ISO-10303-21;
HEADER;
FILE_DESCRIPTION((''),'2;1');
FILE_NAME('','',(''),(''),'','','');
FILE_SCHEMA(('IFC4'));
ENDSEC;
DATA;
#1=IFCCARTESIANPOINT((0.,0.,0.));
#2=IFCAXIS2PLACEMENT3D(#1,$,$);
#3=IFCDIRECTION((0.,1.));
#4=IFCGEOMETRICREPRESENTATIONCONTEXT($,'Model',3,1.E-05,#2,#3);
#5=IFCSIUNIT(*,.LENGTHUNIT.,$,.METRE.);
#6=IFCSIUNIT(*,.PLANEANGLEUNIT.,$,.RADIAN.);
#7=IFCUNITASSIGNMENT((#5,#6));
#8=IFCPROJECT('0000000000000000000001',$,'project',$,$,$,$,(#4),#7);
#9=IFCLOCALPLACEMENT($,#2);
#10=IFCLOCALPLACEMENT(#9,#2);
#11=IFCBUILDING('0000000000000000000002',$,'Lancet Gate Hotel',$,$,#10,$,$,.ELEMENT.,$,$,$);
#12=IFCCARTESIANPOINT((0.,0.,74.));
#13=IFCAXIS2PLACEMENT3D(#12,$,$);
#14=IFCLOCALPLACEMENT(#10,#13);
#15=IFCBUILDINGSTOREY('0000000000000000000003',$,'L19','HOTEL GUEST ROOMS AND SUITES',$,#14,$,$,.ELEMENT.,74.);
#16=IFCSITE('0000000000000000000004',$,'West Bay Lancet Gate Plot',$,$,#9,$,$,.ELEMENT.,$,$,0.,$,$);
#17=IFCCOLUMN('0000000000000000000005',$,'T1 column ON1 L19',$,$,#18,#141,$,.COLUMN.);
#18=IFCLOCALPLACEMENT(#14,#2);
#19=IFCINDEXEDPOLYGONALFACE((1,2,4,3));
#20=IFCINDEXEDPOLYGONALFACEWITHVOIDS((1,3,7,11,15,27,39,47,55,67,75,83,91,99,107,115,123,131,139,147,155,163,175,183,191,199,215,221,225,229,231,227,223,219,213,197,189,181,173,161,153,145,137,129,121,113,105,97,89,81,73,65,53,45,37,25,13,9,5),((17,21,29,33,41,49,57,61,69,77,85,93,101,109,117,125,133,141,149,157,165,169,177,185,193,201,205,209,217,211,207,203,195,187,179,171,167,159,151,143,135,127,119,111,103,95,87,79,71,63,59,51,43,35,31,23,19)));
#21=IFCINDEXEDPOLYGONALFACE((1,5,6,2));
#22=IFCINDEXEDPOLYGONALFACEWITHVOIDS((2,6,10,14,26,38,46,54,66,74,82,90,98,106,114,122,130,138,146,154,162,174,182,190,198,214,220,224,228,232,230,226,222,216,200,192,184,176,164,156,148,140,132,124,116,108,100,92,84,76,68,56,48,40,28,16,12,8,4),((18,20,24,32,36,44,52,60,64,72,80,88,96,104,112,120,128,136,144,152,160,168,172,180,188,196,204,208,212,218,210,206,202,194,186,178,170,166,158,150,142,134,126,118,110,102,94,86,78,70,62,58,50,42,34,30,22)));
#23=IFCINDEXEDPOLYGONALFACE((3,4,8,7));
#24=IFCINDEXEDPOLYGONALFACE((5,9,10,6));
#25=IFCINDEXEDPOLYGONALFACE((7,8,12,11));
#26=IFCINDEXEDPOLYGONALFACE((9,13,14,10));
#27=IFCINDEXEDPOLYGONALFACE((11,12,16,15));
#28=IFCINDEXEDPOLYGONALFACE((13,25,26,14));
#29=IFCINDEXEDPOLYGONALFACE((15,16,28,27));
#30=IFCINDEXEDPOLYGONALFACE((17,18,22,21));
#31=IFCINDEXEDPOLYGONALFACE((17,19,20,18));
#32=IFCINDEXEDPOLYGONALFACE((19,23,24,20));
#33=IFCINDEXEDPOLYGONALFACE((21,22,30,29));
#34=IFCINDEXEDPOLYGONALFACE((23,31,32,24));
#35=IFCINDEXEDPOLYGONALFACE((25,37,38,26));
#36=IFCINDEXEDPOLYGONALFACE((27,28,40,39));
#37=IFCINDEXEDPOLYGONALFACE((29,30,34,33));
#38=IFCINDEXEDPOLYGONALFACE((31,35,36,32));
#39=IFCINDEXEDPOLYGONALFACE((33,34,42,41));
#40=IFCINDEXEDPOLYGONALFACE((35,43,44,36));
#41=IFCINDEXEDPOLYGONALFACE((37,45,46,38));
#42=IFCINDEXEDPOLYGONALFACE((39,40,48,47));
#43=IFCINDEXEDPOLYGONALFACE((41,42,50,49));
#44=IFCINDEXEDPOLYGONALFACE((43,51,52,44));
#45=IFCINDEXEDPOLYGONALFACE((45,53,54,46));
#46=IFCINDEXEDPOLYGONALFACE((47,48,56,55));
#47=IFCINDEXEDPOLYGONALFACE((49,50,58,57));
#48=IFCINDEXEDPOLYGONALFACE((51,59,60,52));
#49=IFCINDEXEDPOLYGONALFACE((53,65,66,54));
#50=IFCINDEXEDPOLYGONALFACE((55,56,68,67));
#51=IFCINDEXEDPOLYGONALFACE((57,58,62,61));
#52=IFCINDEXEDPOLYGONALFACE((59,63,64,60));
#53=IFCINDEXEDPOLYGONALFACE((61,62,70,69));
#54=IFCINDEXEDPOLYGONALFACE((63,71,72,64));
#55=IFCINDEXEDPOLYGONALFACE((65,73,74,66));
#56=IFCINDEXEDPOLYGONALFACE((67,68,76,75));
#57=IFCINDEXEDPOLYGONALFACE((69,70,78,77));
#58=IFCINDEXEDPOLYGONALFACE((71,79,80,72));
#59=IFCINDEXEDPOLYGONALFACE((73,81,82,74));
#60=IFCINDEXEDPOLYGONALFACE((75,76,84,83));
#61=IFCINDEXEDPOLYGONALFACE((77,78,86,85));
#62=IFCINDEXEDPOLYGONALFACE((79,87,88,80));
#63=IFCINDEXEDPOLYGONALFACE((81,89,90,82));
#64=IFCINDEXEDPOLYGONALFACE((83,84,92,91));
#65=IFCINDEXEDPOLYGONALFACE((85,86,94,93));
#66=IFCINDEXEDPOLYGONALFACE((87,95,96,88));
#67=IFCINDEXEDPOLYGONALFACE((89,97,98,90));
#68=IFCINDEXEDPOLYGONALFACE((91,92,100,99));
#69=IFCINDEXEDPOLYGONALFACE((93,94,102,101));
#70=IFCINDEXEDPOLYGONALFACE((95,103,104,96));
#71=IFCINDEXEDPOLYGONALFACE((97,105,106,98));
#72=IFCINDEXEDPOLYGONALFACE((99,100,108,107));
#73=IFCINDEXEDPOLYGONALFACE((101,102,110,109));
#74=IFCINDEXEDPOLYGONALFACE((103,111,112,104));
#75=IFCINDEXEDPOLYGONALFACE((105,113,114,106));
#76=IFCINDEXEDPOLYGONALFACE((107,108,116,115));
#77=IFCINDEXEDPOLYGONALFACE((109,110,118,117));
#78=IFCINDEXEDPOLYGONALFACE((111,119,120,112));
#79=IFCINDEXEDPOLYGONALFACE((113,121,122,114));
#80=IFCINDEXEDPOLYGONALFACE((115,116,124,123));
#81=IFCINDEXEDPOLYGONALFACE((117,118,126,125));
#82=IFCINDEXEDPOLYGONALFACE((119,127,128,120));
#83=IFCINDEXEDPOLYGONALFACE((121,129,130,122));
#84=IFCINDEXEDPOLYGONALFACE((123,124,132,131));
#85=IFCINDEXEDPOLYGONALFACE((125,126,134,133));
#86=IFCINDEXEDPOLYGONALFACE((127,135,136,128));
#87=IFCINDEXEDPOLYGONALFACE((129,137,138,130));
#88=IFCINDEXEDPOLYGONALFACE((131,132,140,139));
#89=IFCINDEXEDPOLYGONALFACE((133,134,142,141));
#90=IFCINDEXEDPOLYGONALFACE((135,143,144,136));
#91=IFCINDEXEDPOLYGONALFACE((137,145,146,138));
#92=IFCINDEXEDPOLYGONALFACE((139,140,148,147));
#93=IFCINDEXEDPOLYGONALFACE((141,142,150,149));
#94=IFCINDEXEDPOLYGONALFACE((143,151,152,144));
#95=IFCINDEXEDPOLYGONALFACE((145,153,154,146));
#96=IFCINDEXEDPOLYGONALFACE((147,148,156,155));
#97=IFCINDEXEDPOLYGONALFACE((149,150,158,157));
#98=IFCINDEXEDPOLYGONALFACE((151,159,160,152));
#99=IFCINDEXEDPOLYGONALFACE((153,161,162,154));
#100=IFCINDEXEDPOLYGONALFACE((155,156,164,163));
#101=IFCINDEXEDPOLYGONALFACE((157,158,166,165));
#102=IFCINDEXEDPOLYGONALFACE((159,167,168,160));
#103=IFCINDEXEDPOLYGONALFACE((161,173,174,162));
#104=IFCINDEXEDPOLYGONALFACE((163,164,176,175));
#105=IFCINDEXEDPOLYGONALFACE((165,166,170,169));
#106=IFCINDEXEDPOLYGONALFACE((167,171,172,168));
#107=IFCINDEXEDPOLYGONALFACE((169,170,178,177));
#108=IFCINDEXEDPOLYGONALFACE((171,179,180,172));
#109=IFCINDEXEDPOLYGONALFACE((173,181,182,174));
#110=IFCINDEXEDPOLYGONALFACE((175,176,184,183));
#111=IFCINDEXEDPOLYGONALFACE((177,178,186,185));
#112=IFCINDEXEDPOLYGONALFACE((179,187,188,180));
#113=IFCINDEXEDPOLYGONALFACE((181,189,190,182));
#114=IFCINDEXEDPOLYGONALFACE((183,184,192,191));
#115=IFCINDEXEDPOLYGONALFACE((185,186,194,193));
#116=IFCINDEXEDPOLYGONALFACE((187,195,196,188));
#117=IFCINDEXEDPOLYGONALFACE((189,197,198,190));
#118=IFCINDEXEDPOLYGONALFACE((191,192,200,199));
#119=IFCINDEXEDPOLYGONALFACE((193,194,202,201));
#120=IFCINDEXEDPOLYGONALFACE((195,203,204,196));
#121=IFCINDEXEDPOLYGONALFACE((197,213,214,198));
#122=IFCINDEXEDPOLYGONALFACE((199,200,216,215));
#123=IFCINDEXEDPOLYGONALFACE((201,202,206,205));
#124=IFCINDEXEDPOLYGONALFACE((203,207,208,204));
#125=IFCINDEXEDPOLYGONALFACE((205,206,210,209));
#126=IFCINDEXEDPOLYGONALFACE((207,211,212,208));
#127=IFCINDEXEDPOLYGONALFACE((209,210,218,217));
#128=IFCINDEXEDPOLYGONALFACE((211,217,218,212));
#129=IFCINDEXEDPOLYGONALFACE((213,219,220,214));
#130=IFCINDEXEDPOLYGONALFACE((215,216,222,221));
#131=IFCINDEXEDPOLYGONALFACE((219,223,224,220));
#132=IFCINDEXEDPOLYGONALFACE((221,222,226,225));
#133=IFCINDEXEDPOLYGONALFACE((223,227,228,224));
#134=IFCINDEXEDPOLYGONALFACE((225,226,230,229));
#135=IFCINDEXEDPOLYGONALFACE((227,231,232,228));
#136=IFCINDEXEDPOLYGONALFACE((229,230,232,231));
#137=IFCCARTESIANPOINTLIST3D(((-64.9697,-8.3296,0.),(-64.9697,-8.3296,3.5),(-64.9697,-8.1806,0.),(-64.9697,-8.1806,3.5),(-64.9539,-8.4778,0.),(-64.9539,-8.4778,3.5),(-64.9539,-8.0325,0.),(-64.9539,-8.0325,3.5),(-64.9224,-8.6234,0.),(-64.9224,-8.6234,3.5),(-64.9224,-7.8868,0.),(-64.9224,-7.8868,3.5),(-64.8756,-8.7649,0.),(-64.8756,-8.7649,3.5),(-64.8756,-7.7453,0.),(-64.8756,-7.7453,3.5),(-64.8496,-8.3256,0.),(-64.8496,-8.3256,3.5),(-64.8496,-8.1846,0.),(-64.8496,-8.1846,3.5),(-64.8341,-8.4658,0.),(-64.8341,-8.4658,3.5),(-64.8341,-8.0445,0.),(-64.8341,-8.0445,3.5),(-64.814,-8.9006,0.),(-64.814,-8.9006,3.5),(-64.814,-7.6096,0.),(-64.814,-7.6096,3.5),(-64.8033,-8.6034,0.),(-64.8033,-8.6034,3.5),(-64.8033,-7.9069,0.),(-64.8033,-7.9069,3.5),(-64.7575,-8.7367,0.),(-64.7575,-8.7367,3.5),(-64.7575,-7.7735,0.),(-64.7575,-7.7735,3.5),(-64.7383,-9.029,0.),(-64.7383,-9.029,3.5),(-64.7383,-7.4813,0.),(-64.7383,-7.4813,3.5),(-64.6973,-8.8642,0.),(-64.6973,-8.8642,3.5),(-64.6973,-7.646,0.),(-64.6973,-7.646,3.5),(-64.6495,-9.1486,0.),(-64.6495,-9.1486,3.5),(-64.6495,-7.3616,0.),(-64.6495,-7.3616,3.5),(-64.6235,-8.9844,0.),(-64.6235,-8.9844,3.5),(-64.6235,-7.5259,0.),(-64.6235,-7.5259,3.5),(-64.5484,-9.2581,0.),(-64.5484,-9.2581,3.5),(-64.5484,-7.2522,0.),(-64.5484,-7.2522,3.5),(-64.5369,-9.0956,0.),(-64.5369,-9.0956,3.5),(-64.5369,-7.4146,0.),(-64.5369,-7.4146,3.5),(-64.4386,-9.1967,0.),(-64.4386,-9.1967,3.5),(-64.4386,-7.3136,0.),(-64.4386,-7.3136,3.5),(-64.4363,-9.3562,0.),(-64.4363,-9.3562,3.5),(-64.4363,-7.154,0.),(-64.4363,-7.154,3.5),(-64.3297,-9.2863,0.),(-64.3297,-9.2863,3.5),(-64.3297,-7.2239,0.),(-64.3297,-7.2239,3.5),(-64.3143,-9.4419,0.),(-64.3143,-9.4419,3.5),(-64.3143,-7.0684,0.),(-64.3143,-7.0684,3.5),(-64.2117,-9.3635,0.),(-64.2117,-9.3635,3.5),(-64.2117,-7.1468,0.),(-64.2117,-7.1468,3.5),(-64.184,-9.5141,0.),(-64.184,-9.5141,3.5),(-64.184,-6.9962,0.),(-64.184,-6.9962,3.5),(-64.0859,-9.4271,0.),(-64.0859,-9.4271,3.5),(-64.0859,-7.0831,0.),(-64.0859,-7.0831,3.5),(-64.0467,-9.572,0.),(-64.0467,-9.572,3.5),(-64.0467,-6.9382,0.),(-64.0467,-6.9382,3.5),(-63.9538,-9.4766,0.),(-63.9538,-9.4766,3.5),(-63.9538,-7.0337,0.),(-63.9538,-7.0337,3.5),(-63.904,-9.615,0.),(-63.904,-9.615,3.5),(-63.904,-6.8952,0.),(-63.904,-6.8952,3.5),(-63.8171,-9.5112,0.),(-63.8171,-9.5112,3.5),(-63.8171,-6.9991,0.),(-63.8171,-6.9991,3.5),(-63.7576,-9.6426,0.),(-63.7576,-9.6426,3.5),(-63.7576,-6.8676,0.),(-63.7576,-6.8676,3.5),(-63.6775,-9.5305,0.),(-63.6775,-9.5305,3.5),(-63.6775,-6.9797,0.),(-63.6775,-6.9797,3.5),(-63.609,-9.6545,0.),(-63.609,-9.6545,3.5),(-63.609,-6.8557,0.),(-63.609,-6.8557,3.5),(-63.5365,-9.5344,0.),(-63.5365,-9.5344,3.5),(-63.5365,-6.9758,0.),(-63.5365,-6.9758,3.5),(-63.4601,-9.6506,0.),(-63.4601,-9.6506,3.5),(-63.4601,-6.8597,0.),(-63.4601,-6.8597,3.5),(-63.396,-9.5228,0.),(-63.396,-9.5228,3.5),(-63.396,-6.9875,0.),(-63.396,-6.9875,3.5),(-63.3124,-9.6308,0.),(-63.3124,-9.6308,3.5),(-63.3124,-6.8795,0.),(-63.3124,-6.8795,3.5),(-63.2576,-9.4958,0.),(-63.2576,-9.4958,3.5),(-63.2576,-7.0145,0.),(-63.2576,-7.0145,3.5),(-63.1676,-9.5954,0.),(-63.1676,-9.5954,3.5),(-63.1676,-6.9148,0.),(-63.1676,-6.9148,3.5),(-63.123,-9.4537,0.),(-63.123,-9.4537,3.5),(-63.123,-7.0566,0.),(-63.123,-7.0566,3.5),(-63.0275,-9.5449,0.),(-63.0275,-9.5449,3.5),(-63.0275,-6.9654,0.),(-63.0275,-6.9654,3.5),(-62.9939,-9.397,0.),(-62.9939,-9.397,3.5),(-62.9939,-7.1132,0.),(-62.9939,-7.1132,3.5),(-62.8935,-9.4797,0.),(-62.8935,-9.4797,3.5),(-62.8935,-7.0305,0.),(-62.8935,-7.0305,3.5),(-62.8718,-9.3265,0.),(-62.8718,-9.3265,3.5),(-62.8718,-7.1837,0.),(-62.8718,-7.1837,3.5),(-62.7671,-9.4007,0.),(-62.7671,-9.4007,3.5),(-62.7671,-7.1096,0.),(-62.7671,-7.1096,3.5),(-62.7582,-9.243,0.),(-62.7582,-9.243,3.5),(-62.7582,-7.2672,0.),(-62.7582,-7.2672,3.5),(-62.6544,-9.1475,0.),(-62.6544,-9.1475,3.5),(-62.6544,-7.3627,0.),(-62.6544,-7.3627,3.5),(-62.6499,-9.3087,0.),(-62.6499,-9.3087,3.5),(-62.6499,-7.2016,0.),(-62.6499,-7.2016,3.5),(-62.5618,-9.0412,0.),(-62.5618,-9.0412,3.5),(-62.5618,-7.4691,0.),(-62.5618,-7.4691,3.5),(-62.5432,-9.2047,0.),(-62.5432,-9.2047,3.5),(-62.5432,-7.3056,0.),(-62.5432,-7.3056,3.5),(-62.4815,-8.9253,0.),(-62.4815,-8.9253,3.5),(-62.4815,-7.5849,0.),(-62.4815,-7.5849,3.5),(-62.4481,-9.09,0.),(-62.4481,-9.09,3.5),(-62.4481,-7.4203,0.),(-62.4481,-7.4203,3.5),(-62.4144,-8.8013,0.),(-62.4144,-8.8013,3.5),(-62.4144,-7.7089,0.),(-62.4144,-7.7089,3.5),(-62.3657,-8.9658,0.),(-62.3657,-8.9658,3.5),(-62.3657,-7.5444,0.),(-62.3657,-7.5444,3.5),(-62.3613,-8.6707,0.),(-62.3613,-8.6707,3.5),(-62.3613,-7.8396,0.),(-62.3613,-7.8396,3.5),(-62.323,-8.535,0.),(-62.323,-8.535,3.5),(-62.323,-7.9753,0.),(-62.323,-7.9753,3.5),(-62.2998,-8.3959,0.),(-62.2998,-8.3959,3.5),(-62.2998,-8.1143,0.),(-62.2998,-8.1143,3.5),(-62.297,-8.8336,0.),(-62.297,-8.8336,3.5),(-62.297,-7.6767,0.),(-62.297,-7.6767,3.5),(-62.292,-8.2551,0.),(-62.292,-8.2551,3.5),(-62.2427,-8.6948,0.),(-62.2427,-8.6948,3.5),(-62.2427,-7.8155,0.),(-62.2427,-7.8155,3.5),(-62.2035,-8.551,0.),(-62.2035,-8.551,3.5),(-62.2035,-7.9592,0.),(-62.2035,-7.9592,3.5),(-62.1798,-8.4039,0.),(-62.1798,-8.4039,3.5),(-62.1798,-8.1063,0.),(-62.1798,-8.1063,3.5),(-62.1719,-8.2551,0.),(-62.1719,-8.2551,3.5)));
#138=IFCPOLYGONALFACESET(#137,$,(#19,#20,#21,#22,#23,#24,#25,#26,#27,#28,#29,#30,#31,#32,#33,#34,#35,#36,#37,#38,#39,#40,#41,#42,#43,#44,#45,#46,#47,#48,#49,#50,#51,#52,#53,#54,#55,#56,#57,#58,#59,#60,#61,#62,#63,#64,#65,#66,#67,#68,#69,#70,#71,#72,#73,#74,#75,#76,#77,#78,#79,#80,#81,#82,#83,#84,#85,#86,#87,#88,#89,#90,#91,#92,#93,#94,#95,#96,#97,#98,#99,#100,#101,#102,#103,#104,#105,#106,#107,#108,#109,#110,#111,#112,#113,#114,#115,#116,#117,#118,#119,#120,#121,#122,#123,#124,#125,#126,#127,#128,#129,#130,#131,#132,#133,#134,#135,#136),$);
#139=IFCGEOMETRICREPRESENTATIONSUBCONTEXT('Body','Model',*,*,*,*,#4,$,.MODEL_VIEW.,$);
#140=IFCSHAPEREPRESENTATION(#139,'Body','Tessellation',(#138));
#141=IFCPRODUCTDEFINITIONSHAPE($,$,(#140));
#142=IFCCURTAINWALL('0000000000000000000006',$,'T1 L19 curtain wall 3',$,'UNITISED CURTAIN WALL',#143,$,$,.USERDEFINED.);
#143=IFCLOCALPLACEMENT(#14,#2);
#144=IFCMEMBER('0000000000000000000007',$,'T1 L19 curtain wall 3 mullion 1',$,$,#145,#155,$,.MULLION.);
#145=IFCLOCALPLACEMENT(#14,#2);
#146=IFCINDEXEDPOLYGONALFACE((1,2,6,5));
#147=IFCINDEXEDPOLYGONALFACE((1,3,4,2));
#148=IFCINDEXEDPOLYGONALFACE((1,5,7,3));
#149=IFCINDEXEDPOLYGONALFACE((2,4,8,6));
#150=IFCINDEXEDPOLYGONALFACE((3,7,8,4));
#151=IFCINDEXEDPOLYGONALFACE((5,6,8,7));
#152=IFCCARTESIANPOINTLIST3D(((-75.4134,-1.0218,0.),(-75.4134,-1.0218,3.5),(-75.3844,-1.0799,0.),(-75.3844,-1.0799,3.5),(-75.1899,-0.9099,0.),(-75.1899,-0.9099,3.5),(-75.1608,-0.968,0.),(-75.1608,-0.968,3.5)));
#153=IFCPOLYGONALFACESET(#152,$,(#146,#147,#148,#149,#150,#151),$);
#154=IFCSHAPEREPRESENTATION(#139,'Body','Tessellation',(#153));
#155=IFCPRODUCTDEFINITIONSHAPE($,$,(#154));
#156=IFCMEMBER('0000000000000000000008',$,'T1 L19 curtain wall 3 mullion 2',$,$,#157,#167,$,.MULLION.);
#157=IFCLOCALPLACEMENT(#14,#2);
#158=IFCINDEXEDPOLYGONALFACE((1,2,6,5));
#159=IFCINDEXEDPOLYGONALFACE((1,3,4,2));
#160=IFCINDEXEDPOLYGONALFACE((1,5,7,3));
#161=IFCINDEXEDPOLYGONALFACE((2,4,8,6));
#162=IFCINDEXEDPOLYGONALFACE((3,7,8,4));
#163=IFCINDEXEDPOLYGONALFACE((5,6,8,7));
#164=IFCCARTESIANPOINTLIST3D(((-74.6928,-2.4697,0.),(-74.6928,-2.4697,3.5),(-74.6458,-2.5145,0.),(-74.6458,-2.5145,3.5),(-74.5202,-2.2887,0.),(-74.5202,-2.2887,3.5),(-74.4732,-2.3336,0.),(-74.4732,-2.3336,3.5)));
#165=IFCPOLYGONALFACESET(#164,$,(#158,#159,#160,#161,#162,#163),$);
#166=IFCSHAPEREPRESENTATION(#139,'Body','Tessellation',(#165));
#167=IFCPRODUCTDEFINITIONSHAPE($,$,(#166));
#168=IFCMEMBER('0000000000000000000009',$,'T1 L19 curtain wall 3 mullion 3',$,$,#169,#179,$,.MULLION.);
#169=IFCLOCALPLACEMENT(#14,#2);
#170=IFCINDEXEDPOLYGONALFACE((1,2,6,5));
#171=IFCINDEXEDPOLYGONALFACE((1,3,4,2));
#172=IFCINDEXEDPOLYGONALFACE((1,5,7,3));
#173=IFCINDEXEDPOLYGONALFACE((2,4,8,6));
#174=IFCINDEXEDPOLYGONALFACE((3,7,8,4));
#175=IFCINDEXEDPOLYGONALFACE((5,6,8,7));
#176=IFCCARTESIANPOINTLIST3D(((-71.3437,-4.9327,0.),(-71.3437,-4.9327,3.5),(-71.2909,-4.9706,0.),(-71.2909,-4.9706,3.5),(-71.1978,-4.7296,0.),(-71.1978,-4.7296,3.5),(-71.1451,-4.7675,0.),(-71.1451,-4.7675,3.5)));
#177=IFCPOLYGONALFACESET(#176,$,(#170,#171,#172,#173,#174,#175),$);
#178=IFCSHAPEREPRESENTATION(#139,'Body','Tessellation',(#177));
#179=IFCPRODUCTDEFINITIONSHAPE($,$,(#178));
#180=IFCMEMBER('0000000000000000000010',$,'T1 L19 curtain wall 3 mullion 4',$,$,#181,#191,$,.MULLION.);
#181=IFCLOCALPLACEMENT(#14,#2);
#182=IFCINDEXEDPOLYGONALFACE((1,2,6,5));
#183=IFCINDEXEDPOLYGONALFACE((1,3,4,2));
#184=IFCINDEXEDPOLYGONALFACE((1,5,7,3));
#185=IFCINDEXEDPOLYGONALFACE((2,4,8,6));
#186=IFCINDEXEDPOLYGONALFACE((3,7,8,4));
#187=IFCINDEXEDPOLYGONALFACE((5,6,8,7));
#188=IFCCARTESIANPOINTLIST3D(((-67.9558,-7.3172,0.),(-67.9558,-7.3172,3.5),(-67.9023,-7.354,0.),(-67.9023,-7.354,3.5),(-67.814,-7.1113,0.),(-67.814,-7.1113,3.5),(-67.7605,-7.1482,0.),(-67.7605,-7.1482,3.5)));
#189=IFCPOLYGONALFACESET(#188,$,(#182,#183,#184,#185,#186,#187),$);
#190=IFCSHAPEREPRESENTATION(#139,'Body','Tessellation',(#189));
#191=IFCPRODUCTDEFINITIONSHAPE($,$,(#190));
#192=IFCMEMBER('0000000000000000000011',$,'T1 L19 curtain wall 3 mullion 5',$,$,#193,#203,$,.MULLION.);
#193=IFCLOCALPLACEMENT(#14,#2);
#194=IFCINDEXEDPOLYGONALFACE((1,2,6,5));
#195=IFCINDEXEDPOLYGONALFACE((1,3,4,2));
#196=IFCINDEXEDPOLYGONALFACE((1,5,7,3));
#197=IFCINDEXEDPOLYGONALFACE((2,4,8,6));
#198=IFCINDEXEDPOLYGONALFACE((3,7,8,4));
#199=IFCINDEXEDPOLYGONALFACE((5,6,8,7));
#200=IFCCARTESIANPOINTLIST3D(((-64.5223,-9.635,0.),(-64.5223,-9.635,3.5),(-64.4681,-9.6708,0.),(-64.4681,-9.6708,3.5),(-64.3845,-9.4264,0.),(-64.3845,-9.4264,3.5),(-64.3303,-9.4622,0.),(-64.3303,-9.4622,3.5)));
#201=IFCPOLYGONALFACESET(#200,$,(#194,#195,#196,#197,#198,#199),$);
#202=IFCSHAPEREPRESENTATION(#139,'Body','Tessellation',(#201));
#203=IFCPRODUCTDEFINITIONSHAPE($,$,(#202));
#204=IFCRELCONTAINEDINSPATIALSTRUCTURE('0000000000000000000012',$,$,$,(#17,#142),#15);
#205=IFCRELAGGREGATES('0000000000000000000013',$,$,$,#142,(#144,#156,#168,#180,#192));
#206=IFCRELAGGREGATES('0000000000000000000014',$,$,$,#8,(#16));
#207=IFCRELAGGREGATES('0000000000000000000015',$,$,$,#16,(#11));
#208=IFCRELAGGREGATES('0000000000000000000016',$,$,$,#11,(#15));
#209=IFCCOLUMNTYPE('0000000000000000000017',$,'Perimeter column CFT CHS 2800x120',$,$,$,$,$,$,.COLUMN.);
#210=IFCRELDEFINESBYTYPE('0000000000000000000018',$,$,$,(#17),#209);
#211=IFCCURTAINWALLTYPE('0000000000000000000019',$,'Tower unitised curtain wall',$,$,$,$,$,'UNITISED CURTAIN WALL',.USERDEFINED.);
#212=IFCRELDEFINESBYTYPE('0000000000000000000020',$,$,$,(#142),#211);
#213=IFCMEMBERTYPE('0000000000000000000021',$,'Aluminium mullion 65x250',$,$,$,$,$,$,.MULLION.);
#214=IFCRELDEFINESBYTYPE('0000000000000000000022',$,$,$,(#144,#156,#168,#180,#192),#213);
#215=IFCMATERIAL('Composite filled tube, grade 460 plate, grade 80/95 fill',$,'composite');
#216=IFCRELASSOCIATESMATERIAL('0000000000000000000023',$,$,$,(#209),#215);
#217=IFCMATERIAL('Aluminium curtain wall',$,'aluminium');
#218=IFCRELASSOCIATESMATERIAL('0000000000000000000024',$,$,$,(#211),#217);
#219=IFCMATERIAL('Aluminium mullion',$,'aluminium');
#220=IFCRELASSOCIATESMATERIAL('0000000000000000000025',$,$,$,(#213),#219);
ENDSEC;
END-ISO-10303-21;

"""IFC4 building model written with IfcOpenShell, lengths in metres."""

from ifc_helpers import new_model, si_unit, direction, frame, origin, origin_2d, place, context, subcontext, project, spatial, rectangle, hollow_circle, extrude, material, material_profile, profile_set, type_object, element, aggregate, save


model = new_model("IFC4")

# Units and contexts
model_context = context("Model", 3, precision=1e-05, world=origin(), true_north=direction((0.0, 1.0)))
body_context = subcontext(model_context, "Body", "Model", "MODEL_VIEW")
ifc_project = project(units=[si_unit("LENGTHUNIT", "METRE"), si_unit("PLANEANGLEUNIT", "RADIAN")], contexts=[model_context])

# Site, building, storey
site_placement = place(None, origin())
site = spatial("IfcSite", under=ifc_project, at=site_placement, Name="West Bay Lancet Gate Plot", CompositionType="ELEMENT", RefElevation=0.0)
building_placement = place(site_placement, origin())
building = spatial("IfcBuilding", under=site, at=building_placement, Name="Lancet Gate Hotel", CompositionType="ELEMENT")
storey_placement = place(building_placement, frame((0.0, 0.0, 74.0)))
storey = spatial("IfcBuildingStorey", under=building, at=storey_placement, Name="L19", Description="HOTEL GUEST ROOMS AND SUITES", CompositionType="ELEMENT", Elevation=74.0)

# Column
ifc_material_1 = material(Name="Composite filled tube, grade 460 plate, grade 80/95 fill", Category="composite")
ifc_material_profile_1 = material_profile(ifc_material_1, hollow_circle(Radius=1.3999, WallThickness=0.1201, at=origin_2d()), Name="CHS 2800x120")
ifc_profile_set_1 = profile_set([ifc_material_profile_1], Name="Composite filled tube, grade 460 plate, grade 80/95 fill")
column_type_1 = type_object("IfcColumnType", Name="Perimeter column CFT CHS 2800x120", PredefinedType="COLUMN", material=ifc_profile_set_1)
column_1_placement = place(storey_placement, frame((-63.5718, -8.2551, 0.0), z_axis=(0.0, 0.0, 1.0), x_axis=(1.0, 0.0, 0.0)))
element("IfcColumn", 1, at=column_1_placement, inside=storey, type_object=column_type_1, Name="T1 column ON1 L19", PredefinedType="COLUMN", context=body_context, shape_type="SweptSolid", body=[
    extrude(hollow_circle(Radius=1.3999, WallThickness=0.1201, at=origin_2d()), origin(), (0.0, 0.0, 1.0), 3.5),
])

# Curtain wall, members
ifc_material_2 = material(Name="Aluminium curtain wall", Category="aluminium")
curtain_wall_type = type_object("IfcCurtainWallType", Name="Tower unitised curtain wall", ElementType="UNITISED CURTAIN WALL", PredefinedType="USERDEFINED", material=ifc_material_2)
curtain_wall_placement = place(storey_placement, origin())
curtain_wall = element("IfcCurtainWall", 2, at=curtain_wall_placement, inside=storey, type_object=curtain_wall_type, Name="T1 L19 curtain wall 3", ObjectType="UNITISED CURTAIN WALL", PredefinedType="USERDEFINED")
ifc_material_3 = material(Name="Aluminium mullion", Category="aluminium")
ifc_material_profile_2 = material_profile(ifc_material_3, rectangle(XDim=0.0649, YDim=0.25, at=origin_2d()), Name="MULLION 65x250")
ifc_profile_set_2 = profile_set([ifc_material_profile_2], Name="Aluminium mullion")
member_type_1 = type_object("IfcMemberType", Name="Aluminium mullion 65x250", PredefinedType="MULLION", material=ifc_profile_set_2)
member_1_placement = place(storey_placement, frame((-75.2871, -0.9949, 0.0), z_axis=(0.0, 0.0, 1.0), x_axis=(0.447628, -0.89422, 0.0)))
member_1 = element("IfcMember", 3, at=member_1_placement, type_object=member_type_1, Name="T1 L19 curtain wall 3 mullion 1", PredefinedType="MULLION", context=body_context, shape_type="SweptSolid", body=[
    extrude(rectangle(XDim=0.0649, YDim=0.25, at=origin_2d()), origin(), (0.0, 0.0, 1.0), 3.5),
])
member_2_placement = place(storey_placement, frame((-74.583, -2.4016, 0.0), z_axis=(0.0, 0.0, 1.0), x_axis=(0.723696, -0.690119, 0.0)))
member_2 = element("IfcMember", 4, at=member_2_placement, type_object=member_type_1, Name="T1 L19 curtain wall 3 mullion 2", PredefinedType="MULLION", context=body_context, shape_type="SweptSolid", body=[
    extrude(rectangle(XDim=0.0649, YDim=0.25, at=origin_2d()), origin(), (0.0, 0.0, 1.0), 3.5),
])
member_3_placement = place(storey_placement, frame((-71.2444, -4.8501, 0.0), z_axis=(0.0, 0.0, 1.0), x_axis=(0.812147, -0.583453, 0.0)))
member_3 = element("IfcMember", 5, at=member_3_placement, type_object=member_type_1, Name="T1 L19 curtain wall 3 mullion 3", PredefinedType="MULLION", context=body_context, shape_type="SweptSolid", body=[
    extrude(rectangle(XDim=0.0649, YDim=0.25, at=origin_2d()), origin(), (0.0, 0.0, 1.0), 3.5),
])
member_4_placement = place(storey_placement, frame((-67.8582, -7.2327, 0.0), z_axis=(0.0, 0.0, 1.0), x_axis=(0.823425, -0.567425, 0.0)))
member_4 = element("IfcMember", 6, at=member_4_placement, type_object=member_type_1, Name="T1 L19 curtain wall 3 mullion 4", PredefinedType="MULLION", context=body_context, shape_type="SweptSolid", body=[
    extrude(rectangle(XDim=0.0649, YDim=0.25, at=origin_2d()), origin(), (0.0, 0.0, 1.0), 3.5),
])
member_5_placement = place(storey_placement, frame((-64.4263, -9.5486, 0.0), z_axis=(0.0, 0.0, 1.0), x_axis=(0.834387, -0.551178, 0.0)))
member_5 = element("IfcMember", 7, at=member_5_placement, type_object=member_type_1, Name="T1 L19 curtain wall 3 mullion 5", PredefinedType="MULLION", context=body_context, shape_type="SweptSolid", body=[
    extrude(rectangle(XDim=0.0649, YDim=0.25, at=origin_2d()), origin(), (0.0, 0.0, 1.0), 3.5),
])

aggregate(curtain_wall, [member_1, member_2, member_3, member_4, member_5])

save(model, "model.ifc")
